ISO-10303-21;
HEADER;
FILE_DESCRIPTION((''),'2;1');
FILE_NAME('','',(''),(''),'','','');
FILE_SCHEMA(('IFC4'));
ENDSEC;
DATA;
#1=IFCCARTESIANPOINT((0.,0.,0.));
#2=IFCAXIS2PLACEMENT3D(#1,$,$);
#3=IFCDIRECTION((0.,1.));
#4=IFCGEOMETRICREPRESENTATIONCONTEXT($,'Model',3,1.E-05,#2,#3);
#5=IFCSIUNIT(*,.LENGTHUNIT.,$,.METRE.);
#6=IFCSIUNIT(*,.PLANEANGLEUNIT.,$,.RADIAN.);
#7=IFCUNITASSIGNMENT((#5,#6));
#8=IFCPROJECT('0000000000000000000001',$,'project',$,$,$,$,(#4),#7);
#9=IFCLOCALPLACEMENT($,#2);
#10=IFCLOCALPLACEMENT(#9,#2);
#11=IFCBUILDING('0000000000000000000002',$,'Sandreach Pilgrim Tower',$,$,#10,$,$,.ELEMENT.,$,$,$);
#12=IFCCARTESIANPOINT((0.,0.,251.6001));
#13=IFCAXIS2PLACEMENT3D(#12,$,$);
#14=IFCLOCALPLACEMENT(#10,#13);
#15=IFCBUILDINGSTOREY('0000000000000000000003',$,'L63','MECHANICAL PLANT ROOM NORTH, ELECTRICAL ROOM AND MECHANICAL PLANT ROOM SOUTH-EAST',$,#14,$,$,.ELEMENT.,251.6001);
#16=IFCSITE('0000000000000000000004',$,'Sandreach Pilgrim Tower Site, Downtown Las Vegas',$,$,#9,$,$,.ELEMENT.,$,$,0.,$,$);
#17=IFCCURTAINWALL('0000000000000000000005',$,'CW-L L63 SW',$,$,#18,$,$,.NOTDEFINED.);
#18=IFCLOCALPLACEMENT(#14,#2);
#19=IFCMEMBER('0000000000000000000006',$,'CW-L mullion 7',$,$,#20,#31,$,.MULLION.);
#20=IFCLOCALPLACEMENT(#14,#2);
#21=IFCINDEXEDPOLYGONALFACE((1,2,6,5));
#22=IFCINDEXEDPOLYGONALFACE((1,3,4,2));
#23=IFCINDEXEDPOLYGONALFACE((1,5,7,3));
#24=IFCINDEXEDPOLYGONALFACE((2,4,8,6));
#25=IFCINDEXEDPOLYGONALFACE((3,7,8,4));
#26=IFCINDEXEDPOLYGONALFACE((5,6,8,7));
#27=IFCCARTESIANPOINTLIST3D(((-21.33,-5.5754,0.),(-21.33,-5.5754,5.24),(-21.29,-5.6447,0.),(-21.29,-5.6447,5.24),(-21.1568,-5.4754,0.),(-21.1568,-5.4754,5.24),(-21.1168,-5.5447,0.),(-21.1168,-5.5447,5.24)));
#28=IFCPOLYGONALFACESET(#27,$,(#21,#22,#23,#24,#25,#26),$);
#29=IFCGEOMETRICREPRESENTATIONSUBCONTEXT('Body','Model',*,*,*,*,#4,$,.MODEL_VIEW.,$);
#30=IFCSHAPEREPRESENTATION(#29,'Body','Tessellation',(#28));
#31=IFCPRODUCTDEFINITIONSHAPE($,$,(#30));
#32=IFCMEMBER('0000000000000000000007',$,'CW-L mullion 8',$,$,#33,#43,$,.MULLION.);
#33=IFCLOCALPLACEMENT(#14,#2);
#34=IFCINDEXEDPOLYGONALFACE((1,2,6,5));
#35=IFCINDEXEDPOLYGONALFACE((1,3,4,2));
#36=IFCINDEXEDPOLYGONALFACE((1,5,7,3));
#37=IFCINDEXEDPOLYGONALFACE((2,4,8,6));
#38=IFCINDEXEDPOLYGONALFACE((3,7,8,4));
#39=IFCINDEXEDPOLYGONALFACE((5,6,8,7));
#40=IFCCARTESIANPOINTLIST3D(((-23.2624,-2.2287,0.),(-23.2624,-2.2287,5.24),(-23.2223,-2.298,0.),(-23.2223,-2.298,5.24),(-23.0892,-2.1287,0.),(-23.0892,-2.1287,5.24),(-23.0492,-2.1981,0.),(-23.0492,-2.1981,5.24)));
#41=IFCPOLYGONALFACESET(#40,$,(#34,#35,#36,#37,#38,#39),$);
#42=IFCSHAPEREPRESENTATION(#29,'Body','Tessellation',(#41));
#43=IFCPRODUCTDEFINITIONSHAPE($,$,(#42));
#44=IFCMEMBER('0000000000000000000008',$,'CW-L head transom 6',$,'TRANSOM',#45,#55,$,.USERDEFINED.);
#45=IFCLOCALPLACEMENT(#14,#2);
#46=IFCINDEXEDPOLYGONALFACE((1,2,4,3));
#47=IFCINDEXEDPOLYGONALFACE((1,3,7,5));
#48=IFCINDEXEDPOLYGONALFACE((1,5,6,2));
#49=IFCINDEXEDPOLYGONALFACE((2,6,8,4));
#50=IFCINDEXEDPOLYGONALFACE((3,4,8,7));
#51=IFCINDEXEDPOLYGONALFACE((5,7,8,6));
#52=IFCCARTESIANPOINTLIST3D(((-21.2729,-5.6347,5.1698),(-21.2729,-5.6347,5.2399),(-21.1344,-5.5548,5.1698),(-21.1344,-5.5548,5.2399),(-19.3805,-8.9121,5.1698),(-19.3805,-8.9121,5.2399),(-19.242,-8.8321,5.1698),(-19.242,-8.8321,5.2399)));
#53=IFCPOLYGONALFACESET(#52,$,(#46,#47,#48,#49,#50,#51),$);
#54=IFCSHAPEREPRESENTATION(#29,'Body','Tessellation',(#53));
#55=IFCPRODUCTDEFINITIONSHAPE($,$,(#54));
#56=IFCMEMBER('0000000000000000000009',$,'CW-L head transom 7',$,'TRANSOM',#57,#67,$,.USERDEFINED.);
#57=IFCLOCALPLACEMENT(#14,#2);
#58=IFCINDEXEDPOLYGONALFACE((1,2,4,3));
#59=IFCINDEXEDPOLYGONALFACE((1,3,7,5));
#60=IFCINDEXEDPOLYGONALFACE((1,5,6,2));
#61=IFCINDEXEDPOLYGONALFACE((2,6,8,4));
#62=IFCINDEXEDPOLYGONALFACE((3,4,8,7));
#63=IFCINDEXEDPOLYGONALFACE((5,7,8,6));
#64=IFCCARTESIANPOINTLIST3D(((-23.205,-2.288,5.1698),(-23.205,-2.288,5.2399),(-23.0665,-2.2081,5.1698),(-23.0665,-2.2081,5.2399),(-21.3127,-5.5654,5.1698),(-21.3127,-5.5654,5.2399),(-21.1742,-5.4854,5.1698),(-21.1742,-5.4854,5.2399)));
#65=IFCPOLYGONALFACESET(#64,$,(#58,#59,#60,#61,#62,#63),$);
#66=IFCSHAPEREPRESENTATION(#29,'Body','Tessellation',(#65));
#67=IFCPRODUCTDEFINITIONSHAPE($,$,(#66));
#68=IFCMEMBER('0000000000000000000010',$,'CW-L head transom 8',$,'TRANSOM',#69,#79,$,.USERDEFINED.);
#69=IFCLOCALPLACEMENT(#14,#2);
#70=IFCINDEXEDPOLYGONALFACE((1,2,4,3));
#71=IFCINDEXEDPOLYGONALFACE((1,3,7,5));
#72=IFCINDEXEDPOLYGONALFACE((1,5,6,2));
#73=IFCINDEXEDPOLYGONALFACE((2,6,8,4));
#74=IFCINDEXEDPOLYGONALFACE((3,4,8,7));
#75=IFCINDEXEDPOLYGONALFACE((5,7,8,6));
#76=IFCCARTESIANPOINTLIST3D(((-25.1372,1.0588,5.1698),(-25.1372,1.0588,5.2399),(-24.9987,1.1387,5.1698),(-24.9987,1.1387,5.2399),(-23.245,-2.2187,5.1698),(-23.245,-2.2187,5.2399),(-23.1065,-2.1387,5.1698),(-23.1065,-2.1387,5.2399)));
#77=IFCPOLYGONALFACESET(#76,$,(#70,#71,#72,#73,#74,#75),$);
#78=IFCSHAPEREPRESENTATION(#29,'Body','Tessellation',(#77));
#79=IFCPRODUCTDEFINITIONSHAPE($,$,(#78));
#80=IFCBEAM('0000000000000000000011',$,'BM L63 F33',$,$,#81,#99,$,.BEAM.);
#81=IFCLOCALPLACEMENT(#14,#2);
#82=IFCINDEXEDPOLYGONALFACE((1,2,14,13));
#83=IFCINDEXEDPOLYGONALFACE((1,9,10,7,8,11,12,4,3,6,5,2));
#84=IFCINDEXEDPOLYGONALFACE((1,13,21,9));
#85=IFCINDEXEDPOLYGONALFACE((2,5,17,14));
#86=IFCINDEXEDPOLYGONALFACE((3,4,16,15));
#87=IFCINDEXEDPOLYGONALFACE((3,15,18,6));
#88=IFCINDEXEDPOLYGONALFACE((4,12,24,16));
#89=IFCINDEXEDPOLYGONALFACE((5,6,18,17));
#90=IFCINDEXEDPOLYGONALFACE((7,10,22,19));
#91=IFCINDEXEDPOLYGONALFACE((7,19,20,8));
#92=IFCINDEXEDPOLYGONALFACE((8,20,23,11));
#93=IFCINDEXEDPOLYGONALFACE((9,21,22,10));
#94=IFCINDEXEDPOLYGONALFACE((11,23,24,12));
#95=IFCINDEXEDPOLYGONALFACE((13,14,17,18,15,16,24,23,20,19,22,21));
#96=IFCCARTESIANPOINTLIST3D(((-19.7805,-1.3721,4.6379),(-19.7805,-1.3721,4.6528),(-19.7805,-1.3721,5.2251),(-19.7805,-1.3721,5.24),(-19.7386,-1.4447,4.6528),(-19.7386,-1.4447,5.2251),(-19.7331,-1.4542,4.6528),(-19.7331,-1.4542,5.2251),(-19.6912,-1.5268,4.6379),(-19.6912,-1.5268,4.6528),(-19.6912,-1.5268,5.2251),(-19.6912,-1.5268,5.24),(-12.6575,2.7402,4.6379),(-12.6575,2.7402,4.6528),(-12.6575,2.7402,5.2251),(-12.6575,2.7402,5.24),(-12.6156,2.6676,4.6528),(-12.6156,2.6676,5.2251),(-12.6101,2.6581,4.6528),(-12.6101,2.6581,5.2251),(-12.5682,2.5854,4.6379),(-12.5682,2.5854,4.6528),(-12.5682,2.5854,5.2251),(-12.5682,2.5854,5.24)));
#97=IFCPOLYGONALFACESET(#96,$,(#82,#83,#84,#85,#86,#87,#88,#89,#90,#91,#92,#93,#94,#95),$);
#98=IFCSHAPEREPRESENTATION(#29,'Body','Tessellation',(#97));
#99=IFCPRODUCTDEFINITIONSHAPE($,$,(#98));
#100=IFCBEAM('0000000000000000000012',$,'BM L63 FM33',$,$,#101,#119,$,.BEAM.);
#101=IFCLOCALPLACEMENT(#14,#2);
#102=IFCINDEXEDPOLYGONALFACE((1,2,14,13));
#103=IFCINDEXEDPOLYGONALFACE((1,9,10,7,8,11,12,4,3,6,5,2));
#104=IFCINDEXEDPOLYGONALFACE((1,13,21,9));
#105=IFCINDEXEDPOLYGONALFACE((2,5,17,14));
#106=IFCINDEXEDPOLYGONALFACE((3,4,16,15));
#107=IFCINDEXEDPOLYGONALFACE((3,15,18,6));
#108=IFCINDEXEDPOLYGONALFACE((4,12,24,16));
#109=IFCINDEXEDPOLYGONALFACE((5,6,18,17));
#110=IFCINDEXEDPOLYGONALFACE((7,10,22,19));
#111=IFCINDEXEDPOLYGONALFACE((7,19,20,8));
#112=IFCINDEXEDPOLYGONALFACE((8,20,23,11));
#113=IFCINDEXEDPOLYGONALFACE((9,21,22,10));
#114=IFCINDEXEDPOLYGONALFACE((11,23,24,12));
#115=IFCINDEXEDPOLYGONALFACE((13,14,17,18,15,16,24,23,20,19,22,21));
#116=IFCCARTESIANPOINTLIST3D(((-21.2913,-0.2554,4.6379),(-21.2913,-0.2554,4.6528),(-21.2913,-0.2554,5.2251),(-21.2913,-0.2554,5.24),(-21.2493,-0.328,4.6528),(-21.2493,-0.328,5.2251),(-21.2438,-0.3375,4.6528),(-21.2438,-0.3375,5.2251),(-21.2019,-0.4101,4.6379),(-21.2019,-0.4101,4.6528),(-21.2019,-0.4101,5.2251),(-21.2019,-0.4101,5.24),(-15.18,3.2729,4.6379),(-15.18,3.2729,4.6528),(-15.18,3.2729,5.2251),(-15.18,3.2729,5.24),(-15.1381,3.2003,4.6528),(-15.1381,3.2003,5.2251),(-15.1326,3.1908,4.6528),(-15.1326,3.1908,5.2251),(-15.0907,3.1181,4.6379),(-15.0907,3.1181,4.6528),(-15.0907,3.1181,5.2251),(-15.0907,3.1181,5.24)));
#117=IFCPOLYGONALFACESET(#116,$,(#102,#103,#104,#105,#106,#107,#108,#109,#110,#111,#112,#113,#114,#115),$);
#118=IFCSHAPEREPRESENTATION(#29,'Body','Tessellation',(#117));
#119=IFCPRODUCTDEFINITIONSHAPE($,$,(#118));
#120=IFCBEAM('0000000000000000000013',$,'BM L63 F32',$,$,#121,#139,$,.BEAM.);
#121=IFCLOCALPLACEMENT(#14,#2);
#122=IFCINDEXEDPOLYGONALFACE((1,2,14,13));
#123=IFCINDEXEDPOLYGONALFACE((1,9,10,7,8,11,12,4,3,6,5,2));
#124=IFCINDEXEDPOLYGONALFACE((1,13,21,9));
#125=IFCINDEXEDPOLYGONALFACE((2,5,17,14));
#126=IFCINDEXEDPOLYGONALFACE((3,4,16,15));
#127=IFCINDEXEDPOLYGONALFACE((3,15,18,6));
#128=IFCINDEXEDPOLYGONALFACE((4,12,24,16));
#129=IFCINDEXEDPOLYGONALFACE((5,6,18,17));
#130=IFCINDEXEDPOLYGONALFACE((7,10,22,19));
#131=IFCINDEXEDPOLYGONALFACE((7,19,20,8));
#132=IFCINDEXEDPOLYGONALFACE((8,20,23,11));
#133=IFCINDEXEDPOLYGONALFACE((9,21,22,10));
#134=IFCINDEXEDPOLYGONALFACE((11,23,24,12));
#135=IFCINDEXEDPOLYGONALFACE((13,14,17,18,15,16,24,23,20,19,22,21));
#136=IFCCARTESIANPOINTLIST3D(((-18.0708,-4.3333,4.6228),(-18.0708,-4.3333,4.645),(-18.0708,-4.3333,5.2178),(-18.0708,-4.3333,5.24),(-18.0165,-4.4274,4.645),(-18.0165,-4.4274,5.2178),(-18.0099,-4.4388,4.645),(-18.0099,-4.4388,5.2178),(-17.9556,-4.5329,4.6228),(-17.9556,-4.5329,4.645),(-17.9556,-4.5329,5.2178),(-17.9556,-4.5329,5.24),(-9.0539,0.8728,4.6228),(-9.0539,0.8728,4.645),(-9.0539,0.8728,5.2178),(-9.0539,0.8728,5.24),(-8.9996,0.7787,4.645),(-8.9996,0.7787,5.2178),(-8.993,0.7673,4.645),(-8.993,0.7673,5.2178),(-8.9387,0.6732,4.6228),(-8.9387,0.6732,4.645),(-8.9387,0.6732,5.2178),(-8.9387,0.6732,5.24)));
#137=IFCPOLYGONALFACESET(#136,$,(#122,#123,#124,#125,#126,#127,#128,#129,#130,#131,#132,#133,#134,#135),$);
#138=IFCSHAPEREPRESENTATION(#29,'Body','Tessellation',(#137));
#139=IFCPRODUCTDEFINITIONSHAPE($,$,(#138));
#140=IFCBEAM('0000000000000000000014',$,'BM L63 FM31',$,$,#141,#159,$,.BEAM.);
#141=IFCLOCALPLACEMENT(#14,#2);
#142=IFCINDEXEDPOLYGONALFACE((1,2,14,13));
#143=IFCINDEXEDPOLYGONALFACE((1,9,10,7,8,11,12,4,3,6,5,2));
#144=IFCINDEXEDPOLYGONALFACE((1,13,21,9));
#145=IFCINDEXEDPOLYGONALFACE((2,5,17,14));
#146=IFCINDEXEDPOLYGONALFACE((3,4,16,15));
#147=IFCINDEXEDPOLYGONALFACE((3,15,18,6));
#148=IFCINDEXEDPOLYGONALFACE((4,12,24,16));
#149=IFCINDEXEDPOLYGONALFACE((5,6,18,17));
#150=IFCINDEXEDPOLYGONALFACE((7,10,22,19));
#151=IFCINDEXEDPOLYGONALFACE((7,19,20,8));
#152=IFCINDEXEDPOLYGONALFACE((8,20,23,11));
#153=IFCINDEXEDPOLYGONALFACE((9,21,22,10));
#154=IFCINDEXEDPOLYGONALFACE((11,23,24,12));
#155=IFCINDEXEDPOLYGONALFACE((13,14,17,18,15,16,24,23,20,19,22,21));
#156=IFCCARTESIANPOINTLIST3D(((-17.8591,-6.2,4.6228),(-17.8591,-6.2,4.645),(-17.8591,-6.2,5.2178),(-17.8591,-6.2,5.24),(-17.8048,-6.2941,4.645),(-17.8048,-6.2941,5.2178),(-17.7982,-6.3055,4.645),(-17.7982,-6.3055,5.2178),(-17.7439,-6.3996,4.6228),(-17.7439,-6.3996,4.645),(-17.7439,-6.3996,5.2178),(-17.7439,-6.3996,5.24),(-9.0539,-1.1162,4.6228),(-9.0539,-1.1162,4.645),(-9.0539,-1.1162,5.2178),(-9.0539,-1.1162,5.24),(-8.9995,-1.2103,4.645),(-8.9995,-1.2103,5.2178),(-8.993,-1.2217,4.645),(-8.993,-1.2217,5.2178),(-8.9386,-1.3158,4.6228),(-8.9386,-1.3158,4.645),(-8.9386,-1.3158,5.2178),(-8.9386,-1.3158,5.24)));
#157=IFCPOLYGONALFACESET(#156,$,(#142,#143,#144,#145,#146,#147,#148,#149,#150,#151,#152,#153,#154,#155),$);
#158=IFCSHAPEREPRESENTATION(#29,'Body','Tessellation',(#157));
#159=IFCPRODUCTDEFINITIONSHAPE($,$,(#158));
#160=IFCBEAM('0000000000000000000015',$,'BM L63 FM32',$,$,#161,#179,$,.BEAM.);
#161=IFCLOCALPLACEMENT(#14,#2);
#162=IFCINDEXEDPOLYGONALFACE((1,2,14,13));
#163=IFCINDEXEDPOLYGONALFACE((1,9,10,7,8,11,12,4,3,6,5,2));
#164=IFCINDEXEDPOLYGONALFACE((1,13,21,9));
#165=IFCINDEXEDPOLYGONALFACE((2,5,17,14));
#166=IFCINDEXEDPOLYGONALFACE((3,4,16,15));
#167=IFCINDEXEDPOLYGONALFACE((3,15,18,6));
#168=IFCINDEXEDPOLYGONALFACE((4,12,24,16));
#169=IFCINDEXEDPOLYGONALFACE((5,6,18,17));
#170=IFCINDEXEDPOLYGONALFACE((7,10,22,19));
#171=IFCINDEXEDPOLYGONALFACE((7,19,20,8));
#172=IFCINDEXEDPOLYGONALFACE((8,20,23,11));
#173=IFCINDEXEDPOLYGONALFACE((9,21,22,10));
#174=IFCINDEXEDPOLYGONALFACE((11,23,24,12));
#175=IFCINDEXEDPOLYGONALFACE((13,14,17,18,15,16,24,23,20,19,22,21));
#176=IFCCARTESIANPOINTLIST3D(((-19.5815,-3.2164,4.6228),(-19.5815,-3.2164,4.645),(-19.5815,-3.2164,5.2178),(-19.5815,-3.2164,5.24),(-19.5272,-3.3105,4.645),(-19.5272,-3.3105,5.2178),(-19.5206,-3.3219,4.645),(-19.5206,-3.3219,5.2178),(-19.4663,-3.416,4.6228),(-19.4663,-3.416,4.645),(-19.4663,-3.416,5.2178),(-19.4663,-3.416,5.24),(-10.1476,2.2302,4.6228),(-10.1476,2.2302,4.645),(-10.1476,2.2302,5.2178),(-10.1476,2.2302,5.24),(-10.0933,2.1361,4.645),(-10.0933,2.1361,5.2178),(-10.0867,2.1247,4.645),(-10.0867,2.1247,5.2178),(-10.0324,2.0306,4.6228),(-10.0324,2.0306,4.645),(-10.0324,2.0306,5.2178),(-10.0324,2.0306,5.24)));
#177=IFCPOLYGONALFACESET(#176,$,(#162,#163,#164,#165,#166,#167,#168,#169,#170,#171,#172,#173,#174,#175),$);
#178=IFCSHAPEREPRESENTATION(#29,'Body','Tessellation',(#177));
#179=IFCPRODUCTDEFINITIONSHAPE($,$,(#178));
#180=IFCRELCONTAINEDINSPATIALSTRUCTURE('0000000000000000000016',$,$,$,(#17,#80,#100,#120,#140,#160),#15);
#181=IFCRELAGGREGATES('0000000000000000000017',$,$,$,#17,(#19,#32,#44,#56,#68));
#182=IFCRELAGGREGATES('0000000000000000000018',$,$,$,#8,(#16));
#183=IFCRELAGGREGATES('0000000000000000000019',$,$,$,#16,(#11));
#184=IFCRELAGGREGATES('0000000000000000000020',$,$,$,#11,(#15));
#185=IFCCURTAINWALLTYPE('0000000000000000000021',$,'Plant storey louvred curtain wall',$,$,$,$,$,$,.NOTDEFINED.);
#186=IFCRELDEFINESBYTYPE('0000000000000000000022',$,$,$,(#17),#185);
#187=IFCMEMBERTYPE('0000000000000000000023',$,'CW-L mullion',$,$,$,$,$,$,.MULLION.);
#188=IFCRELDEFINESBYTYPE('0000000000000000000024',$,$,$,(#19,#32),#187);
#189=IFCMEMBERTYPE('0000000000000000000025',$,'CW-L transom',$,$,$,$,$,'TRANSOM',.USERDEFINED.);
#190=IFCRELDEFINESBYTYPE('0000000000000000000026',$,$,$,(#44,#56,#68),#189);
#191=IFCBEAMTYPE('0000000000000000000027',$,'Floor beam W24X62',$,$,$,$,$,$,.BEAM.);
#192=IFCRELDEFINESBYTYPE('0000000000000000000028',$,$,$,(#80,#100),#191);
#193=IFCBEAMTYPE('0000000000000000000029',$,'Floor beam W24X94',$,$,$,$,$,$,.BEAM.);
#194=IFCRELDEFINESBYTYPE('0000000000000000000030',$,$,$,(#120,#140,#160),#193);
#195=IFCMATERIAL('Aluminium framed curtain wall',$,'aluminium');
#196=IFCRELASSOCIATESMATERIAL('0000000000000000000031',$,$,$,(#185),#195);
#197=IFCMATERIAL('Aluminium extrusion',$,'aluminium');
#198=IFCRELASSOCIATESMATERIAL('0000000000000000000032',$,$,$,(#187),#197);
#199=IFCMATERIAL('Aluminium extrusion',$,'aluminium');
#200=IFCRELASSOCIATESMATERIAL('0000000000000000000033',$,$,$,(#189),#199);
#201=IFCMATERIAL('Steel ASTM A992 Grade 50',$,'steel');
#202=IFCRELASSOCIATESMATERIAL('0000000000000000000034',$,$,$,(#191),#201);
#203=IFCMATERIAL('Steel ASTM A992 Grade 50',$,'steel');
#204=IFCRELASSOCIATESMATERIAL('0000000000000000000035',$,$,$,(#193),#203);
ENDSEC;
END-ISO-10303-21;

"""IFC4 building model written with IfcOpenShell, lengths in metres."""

from ifc_helpers import new_model, si_unit, direction, frame, origin, origin_2d, place, context, subcontext, project, spatial, rectangle, i_section, extrude, material, material_profile, profile_set, type_object, element, aggregate, save


model = new_model("IFC4")

# Units and contexts
model_context = context("Model", 3, precision=1e-05, world=origin(), true_north=direction((0.0, 1.0)))
body_context = subcontext(model_context, "Body", "Model", "MODEL_VIEW")
ifc_project = project(units=[si_unit("LENGTHUNIT", "METRE"), si_unit("PLANEANGLEUNIT", "RADIAN")], contexts=[model_context])

# Site, building, storey
site_placement = place(None, origin())
site = spatial("IfcSite", under=ifc_project, at=site_placement, Name="Sandreach Pilgrim Tower Site, Downtown Las Vegas", CompositionType="ELEMENT", RefElevation=0.0)
building_placement = place(site_placement, origin())
building = spatial("IfcBuilding", under=site, at=building_placement, Name="Sandreach Pilgrim Tower", CompositionType="ELEMENT")
storey_placement = place(building_placement, frame((0.0, 0.0, 251.6001)))
storey = spatial("IfcBuildingStorey", under=building, at=storey_placement, Name="L63", Description="MECHANICAL PLANT ROOM NORTH, ELECTRICAL ROOM AND MECHANICAL PLANT ROOM SOUTH-EAST", CompositionType="ELEMENT", Elevation=251.6001)

# Curtain wall, members
ifc_material_1 = material(Name="Aluminium framed curtain wall", Category="aluminium")
curtain_wall_type = type_object("IfcCurtainWallType", Name="Plant storey louvred curtain wall", PredefinedType="NOTDEFINED", material=ifc_material_1)
curtain_wall_placement = place(storey_placement, origin())
curtain_wall = element("IfcCurtainWall", 1, at=curtain_wall_placement, inside=storey, type_object=curtain_wall_type, Name="CW-L L63 SW", PredefinedType="NOTDEFINED")
ifc_material_2 = material(Name="Aluminium extrusion", Category="aluminium")
ifc_material_profile_1 = material_profile(ifc_material_2, rectangle(XDim=0.0801, YDim=0.2, at=origin_2d()), Name="CW-LM 80X200")
ifc_profile_set_1 = profile_set([ifc_material_profile_1], Name="Aluminium extrusion")
member_type_1 = type_object("IfcMemberType", Name="CW-L mullion", PredefinedType="MULLION", material=ifc_profile_set_1)
member_1_placement = place(storey_placement, frame((-21.2234, -5.5601, 0.0), z_axis=(0.0, 0.0, 1.0), x_axis=(-0.5, 0.866025, 0.0)))
member_1 = element("IfcMember", 2, at=member_1_placement, type_object=member_type_1, Name="CW-L mullion 7", PredefinedType="MULLION", context=body_context, shape_type="SweptSolid", body=[
    extrude(rectangle(XDim=0.0801, YDim=0.2, at=origin_2d()), origin(), (0.0, 0.0, 1.0), 5.24),
])
member_2_placement = place(storey_placement, frame((-23.1558, -2.2134, 0.0), z_axis=(0.0, 0.0, 1.0), x_axis=(-0.5, 0.866025, 0.0)))
member_2 = element("IfcMember", 3, at=member_2_placement, type_object=member_type_1, Name="CW-L mullion 8", PredefinedType="MULLION", context=body_context, shape_type="SweptSolid", body=[
    extrude(rectangle(XDim=0.0801, YDim=0.2, at=origin_2d()), origin(), (0.0, 0.0, 1.0), 5.24),
])
ifc_material_3 = material(Name="Aluminium extrusion", Category="aluminium")
ifc_material_profile_2 = material_profile(ifc_material_3, rectangle(XDim=0.1599, YDim=0.0701, at=origin_2d()), Name="CW-LT 160X70")
ifc_profile_set_2 = profile_set([ifc_material_profile_2], Name="Aluminium extrusion")
member_type_2 = type_object("IfcMemberType", Name="CW-L transom", ElementType="TRANSOM", PredefinedType="USERDEFINED", material=ifc_profile_set_2)
member_3_placement = place(storey_placement, frame((-19.3113, -8.8721, 5.2048), z_axis=(-0.500031, 0.866007, 0.0), x_axis=(-0.866007, -0.500031, 0.0)))
member_3 = element("IfcMember", 4, at=member_3_placement, type_object=member_type_2, Name="CW-L head transom 6", ObjectType="TRANSOM", PredefinedType="USERDEFINED", context=body_context, shape_type="SweptSolid", body=[
    extrude(rectangle(XDim=0.1599, YDim=0.0701, at=origin_2d()), origin(), (0.0, 0.0, 1.0), 3.7844),
])
member_4_placement = place(storey_placement, frame((-21.2434, -5.5254, 5.2048), z_axis=(-0.500031, 0.866007, 0.0), x_axis=(-0.866007, -0.500031, 0.0)))
member_4 = element("IfcMember", 5, at=member_4_placement, type_object=member_type_2, Name="CW-L head transom 7", ObjectType="TRANSOM", PredefinedType="USERDEFINED", context=body_context, shape_type="SweptSolid", body=[
    extrude(rectangle(XDim=0.1599, YDim=0.0701, at=origin_2d()), origin(), (0.0, 0.0, 1.0), 3.7844),
])
member_5_placement = place(storey_placement, frame((-23.1758, -2.1787, 5.2048), z_axis=(-0.499983, 0.866035, 0.0), x_axis=(-0.866035, -0.499983, 0.0)))
member_5 = element("IfcMember", 6, at=member_5_placement, type_object=member_type_2, Name="CW-L head transom 8", ObjectType="TRANSOM", PredefinedType="USERDEFINED", context=body_context, shape_type="SweptSolid", body=[
    extrude(rectangle(XDim=0.1599, YDim=0.0701, at=origin_2d()), origin(), (0.0, 0.0, 1.0), 3.7844),
])

# Beams
ifc_material_4 = material(Name="Steel ASTM A992 Grade 50", Category="steel")
ifc_material_profile_3 = material_profile(ifc_material_4, i_section(OverallWidth=0.1787, OverallDepth=0.6021, WebThickness=0.011, FlangeThickness=0.0149, at=origin_2d()), Name="W24X62")
ifc_profile_set_3 = profile_set([ifc_material_profile_3], Name="Steel ASTM A992 Grade 50")
beam_type_1 = type_object("IfcBeamType", Name="Floor beam W24X62", PredefinedType="BEAM", material=ifc_profile_set_3)
beam_1_placement = place(storey_placement, frame((-19.7358, -1.4495, 4.939), z_axis=(0.866035, 0.499983, 0.0), x_axis=(-0.499983, 0.866035, 0.0)))
element("IfcBeam", 7, at=beam_1_placement, inside=storey, type_object=beam_type_1, Name="BM L63 F33", PredefinedType="BEAM", context=body_context, shape_type="SweptSolid", body=[
    extrude(i_section(OverallWidth=0.1787, OverallDepth=0.6021, WebThickness=0.011, FlangeThickness=0.0149, at=origin_2d()), origin(), (0.0, 0.0, 1.0), 8.2249),
])
beam_2_placement = place(storey_placement, frame((-21.2466, -0.3328, 4.939), z_axis=(0.866029, 0.499994, 0.0), x_axis=(-0.499994, 0.866029, 0.0)))
element("IfcBeam", 8, at=beam_2_placement, inside=storey, type_object=beam_type_1, Name="BM L63 FM33", PredefinedType="BEAM", context=body_context, shape_type="SweptSolid", body=[
    extrude(i_section(OverallWidth=0.1787, OverallDepth=0.6021, WebThickness=0.011, FlangeThickness=0.0149, at=origin_2d()), origin(), (0.0, 0.0, 1.0), 7.0566),
])
ifc_material_5 = material(Name="Steel ASTM A992 Grade 50", Category="steel")
ifc_material_profile_4 = material_profile(ifc_material_5, i_section(OverallWidth=0.2305, OverallDepth=0.6172, WebThickness=0.0132, FlangeThickness=0.0222, at=origin_2d()), Name="W24X94")
ifc_profile_set_4 = profile_set([ifc_material_profile_4], Name="Steel ASTM A992 Grade 50")
beam_type_2 = type_object("IfcBeamType", Name="Floor beam W24X94", PredefinedType="BEAM", material=ifc_profile_set_4)
beam_3_placement = place(storey_placement, frame((-18.0132, -4.4331, 4.9314), z_axis=(0.866018, 0.500013, 0.0), x_axis=(-0.500013, 0.866018, 0.0)))
element("IfcBeam", 9, at=beam_3_placement, inside=storey, type_object=beam_type_2, Name="BM L63 F32", PredefinedType="BEAM", context=body_context, shape_type="SweptSolid", body=[
    extrude(i_section(OverallWidth=0.2305, OverallDepth=0.6172, WebThickness=0.0132, FlangeThickness=0.0222, at=origin_2d()), origin(), (0.0, 0.0, 1.0), 10.4119),
])
beam_4_placement = place(storey_placement, frame((-17.8015, -6.2998, 4.9314), z_axis=(0.866022, 0.500005, 0.0), x_axis=(-0.500005, 0.866022, 0.0)))
element("IfcBeam", 10, at=beam_4_placement, inside=storey, type_object=beam_type_2, Name="BM L63 FM31", PredefinedType="BEAM", context=body_context, shape_type="SweptSolid", body=[
    extrude(i_section(OverallWidth=0.2305, OverallDepth=0.6172, WebThickness=0.0132, FlangeThickness=0.0222, at=origin_2d()), origin(), (0.0, 0.0, 1.0), 10.1675),
])
beam_5_placement = place(storey_placement, frame((-19.5239, -3.3162, 4.9314), z_axis=(0.866029, 0.499993, 0.0), x_axis=(-0.499993, 0.866029, 0.0)))
element("IfcBeam", 11, at=beam_5_placement, inside=storey, type_object=beam_type_2, Name="BM L63 FM32", PredefinedType="BEAM", context=body_context, shape_type="SweptSolid", body=[
    extrude(i_section(OverallWidth=0.2305, OverallDepth=0.6172, WebThickness=0.0132, FlangeThickness=0.0222, at=origin_2d()), origin(), (0.0, 0.0, 1.0), 10.8933),
])

aggregate(curtain_wall, [member_1, member_2, member_3, member_4, member_5])

save(model, "model.ifc")
